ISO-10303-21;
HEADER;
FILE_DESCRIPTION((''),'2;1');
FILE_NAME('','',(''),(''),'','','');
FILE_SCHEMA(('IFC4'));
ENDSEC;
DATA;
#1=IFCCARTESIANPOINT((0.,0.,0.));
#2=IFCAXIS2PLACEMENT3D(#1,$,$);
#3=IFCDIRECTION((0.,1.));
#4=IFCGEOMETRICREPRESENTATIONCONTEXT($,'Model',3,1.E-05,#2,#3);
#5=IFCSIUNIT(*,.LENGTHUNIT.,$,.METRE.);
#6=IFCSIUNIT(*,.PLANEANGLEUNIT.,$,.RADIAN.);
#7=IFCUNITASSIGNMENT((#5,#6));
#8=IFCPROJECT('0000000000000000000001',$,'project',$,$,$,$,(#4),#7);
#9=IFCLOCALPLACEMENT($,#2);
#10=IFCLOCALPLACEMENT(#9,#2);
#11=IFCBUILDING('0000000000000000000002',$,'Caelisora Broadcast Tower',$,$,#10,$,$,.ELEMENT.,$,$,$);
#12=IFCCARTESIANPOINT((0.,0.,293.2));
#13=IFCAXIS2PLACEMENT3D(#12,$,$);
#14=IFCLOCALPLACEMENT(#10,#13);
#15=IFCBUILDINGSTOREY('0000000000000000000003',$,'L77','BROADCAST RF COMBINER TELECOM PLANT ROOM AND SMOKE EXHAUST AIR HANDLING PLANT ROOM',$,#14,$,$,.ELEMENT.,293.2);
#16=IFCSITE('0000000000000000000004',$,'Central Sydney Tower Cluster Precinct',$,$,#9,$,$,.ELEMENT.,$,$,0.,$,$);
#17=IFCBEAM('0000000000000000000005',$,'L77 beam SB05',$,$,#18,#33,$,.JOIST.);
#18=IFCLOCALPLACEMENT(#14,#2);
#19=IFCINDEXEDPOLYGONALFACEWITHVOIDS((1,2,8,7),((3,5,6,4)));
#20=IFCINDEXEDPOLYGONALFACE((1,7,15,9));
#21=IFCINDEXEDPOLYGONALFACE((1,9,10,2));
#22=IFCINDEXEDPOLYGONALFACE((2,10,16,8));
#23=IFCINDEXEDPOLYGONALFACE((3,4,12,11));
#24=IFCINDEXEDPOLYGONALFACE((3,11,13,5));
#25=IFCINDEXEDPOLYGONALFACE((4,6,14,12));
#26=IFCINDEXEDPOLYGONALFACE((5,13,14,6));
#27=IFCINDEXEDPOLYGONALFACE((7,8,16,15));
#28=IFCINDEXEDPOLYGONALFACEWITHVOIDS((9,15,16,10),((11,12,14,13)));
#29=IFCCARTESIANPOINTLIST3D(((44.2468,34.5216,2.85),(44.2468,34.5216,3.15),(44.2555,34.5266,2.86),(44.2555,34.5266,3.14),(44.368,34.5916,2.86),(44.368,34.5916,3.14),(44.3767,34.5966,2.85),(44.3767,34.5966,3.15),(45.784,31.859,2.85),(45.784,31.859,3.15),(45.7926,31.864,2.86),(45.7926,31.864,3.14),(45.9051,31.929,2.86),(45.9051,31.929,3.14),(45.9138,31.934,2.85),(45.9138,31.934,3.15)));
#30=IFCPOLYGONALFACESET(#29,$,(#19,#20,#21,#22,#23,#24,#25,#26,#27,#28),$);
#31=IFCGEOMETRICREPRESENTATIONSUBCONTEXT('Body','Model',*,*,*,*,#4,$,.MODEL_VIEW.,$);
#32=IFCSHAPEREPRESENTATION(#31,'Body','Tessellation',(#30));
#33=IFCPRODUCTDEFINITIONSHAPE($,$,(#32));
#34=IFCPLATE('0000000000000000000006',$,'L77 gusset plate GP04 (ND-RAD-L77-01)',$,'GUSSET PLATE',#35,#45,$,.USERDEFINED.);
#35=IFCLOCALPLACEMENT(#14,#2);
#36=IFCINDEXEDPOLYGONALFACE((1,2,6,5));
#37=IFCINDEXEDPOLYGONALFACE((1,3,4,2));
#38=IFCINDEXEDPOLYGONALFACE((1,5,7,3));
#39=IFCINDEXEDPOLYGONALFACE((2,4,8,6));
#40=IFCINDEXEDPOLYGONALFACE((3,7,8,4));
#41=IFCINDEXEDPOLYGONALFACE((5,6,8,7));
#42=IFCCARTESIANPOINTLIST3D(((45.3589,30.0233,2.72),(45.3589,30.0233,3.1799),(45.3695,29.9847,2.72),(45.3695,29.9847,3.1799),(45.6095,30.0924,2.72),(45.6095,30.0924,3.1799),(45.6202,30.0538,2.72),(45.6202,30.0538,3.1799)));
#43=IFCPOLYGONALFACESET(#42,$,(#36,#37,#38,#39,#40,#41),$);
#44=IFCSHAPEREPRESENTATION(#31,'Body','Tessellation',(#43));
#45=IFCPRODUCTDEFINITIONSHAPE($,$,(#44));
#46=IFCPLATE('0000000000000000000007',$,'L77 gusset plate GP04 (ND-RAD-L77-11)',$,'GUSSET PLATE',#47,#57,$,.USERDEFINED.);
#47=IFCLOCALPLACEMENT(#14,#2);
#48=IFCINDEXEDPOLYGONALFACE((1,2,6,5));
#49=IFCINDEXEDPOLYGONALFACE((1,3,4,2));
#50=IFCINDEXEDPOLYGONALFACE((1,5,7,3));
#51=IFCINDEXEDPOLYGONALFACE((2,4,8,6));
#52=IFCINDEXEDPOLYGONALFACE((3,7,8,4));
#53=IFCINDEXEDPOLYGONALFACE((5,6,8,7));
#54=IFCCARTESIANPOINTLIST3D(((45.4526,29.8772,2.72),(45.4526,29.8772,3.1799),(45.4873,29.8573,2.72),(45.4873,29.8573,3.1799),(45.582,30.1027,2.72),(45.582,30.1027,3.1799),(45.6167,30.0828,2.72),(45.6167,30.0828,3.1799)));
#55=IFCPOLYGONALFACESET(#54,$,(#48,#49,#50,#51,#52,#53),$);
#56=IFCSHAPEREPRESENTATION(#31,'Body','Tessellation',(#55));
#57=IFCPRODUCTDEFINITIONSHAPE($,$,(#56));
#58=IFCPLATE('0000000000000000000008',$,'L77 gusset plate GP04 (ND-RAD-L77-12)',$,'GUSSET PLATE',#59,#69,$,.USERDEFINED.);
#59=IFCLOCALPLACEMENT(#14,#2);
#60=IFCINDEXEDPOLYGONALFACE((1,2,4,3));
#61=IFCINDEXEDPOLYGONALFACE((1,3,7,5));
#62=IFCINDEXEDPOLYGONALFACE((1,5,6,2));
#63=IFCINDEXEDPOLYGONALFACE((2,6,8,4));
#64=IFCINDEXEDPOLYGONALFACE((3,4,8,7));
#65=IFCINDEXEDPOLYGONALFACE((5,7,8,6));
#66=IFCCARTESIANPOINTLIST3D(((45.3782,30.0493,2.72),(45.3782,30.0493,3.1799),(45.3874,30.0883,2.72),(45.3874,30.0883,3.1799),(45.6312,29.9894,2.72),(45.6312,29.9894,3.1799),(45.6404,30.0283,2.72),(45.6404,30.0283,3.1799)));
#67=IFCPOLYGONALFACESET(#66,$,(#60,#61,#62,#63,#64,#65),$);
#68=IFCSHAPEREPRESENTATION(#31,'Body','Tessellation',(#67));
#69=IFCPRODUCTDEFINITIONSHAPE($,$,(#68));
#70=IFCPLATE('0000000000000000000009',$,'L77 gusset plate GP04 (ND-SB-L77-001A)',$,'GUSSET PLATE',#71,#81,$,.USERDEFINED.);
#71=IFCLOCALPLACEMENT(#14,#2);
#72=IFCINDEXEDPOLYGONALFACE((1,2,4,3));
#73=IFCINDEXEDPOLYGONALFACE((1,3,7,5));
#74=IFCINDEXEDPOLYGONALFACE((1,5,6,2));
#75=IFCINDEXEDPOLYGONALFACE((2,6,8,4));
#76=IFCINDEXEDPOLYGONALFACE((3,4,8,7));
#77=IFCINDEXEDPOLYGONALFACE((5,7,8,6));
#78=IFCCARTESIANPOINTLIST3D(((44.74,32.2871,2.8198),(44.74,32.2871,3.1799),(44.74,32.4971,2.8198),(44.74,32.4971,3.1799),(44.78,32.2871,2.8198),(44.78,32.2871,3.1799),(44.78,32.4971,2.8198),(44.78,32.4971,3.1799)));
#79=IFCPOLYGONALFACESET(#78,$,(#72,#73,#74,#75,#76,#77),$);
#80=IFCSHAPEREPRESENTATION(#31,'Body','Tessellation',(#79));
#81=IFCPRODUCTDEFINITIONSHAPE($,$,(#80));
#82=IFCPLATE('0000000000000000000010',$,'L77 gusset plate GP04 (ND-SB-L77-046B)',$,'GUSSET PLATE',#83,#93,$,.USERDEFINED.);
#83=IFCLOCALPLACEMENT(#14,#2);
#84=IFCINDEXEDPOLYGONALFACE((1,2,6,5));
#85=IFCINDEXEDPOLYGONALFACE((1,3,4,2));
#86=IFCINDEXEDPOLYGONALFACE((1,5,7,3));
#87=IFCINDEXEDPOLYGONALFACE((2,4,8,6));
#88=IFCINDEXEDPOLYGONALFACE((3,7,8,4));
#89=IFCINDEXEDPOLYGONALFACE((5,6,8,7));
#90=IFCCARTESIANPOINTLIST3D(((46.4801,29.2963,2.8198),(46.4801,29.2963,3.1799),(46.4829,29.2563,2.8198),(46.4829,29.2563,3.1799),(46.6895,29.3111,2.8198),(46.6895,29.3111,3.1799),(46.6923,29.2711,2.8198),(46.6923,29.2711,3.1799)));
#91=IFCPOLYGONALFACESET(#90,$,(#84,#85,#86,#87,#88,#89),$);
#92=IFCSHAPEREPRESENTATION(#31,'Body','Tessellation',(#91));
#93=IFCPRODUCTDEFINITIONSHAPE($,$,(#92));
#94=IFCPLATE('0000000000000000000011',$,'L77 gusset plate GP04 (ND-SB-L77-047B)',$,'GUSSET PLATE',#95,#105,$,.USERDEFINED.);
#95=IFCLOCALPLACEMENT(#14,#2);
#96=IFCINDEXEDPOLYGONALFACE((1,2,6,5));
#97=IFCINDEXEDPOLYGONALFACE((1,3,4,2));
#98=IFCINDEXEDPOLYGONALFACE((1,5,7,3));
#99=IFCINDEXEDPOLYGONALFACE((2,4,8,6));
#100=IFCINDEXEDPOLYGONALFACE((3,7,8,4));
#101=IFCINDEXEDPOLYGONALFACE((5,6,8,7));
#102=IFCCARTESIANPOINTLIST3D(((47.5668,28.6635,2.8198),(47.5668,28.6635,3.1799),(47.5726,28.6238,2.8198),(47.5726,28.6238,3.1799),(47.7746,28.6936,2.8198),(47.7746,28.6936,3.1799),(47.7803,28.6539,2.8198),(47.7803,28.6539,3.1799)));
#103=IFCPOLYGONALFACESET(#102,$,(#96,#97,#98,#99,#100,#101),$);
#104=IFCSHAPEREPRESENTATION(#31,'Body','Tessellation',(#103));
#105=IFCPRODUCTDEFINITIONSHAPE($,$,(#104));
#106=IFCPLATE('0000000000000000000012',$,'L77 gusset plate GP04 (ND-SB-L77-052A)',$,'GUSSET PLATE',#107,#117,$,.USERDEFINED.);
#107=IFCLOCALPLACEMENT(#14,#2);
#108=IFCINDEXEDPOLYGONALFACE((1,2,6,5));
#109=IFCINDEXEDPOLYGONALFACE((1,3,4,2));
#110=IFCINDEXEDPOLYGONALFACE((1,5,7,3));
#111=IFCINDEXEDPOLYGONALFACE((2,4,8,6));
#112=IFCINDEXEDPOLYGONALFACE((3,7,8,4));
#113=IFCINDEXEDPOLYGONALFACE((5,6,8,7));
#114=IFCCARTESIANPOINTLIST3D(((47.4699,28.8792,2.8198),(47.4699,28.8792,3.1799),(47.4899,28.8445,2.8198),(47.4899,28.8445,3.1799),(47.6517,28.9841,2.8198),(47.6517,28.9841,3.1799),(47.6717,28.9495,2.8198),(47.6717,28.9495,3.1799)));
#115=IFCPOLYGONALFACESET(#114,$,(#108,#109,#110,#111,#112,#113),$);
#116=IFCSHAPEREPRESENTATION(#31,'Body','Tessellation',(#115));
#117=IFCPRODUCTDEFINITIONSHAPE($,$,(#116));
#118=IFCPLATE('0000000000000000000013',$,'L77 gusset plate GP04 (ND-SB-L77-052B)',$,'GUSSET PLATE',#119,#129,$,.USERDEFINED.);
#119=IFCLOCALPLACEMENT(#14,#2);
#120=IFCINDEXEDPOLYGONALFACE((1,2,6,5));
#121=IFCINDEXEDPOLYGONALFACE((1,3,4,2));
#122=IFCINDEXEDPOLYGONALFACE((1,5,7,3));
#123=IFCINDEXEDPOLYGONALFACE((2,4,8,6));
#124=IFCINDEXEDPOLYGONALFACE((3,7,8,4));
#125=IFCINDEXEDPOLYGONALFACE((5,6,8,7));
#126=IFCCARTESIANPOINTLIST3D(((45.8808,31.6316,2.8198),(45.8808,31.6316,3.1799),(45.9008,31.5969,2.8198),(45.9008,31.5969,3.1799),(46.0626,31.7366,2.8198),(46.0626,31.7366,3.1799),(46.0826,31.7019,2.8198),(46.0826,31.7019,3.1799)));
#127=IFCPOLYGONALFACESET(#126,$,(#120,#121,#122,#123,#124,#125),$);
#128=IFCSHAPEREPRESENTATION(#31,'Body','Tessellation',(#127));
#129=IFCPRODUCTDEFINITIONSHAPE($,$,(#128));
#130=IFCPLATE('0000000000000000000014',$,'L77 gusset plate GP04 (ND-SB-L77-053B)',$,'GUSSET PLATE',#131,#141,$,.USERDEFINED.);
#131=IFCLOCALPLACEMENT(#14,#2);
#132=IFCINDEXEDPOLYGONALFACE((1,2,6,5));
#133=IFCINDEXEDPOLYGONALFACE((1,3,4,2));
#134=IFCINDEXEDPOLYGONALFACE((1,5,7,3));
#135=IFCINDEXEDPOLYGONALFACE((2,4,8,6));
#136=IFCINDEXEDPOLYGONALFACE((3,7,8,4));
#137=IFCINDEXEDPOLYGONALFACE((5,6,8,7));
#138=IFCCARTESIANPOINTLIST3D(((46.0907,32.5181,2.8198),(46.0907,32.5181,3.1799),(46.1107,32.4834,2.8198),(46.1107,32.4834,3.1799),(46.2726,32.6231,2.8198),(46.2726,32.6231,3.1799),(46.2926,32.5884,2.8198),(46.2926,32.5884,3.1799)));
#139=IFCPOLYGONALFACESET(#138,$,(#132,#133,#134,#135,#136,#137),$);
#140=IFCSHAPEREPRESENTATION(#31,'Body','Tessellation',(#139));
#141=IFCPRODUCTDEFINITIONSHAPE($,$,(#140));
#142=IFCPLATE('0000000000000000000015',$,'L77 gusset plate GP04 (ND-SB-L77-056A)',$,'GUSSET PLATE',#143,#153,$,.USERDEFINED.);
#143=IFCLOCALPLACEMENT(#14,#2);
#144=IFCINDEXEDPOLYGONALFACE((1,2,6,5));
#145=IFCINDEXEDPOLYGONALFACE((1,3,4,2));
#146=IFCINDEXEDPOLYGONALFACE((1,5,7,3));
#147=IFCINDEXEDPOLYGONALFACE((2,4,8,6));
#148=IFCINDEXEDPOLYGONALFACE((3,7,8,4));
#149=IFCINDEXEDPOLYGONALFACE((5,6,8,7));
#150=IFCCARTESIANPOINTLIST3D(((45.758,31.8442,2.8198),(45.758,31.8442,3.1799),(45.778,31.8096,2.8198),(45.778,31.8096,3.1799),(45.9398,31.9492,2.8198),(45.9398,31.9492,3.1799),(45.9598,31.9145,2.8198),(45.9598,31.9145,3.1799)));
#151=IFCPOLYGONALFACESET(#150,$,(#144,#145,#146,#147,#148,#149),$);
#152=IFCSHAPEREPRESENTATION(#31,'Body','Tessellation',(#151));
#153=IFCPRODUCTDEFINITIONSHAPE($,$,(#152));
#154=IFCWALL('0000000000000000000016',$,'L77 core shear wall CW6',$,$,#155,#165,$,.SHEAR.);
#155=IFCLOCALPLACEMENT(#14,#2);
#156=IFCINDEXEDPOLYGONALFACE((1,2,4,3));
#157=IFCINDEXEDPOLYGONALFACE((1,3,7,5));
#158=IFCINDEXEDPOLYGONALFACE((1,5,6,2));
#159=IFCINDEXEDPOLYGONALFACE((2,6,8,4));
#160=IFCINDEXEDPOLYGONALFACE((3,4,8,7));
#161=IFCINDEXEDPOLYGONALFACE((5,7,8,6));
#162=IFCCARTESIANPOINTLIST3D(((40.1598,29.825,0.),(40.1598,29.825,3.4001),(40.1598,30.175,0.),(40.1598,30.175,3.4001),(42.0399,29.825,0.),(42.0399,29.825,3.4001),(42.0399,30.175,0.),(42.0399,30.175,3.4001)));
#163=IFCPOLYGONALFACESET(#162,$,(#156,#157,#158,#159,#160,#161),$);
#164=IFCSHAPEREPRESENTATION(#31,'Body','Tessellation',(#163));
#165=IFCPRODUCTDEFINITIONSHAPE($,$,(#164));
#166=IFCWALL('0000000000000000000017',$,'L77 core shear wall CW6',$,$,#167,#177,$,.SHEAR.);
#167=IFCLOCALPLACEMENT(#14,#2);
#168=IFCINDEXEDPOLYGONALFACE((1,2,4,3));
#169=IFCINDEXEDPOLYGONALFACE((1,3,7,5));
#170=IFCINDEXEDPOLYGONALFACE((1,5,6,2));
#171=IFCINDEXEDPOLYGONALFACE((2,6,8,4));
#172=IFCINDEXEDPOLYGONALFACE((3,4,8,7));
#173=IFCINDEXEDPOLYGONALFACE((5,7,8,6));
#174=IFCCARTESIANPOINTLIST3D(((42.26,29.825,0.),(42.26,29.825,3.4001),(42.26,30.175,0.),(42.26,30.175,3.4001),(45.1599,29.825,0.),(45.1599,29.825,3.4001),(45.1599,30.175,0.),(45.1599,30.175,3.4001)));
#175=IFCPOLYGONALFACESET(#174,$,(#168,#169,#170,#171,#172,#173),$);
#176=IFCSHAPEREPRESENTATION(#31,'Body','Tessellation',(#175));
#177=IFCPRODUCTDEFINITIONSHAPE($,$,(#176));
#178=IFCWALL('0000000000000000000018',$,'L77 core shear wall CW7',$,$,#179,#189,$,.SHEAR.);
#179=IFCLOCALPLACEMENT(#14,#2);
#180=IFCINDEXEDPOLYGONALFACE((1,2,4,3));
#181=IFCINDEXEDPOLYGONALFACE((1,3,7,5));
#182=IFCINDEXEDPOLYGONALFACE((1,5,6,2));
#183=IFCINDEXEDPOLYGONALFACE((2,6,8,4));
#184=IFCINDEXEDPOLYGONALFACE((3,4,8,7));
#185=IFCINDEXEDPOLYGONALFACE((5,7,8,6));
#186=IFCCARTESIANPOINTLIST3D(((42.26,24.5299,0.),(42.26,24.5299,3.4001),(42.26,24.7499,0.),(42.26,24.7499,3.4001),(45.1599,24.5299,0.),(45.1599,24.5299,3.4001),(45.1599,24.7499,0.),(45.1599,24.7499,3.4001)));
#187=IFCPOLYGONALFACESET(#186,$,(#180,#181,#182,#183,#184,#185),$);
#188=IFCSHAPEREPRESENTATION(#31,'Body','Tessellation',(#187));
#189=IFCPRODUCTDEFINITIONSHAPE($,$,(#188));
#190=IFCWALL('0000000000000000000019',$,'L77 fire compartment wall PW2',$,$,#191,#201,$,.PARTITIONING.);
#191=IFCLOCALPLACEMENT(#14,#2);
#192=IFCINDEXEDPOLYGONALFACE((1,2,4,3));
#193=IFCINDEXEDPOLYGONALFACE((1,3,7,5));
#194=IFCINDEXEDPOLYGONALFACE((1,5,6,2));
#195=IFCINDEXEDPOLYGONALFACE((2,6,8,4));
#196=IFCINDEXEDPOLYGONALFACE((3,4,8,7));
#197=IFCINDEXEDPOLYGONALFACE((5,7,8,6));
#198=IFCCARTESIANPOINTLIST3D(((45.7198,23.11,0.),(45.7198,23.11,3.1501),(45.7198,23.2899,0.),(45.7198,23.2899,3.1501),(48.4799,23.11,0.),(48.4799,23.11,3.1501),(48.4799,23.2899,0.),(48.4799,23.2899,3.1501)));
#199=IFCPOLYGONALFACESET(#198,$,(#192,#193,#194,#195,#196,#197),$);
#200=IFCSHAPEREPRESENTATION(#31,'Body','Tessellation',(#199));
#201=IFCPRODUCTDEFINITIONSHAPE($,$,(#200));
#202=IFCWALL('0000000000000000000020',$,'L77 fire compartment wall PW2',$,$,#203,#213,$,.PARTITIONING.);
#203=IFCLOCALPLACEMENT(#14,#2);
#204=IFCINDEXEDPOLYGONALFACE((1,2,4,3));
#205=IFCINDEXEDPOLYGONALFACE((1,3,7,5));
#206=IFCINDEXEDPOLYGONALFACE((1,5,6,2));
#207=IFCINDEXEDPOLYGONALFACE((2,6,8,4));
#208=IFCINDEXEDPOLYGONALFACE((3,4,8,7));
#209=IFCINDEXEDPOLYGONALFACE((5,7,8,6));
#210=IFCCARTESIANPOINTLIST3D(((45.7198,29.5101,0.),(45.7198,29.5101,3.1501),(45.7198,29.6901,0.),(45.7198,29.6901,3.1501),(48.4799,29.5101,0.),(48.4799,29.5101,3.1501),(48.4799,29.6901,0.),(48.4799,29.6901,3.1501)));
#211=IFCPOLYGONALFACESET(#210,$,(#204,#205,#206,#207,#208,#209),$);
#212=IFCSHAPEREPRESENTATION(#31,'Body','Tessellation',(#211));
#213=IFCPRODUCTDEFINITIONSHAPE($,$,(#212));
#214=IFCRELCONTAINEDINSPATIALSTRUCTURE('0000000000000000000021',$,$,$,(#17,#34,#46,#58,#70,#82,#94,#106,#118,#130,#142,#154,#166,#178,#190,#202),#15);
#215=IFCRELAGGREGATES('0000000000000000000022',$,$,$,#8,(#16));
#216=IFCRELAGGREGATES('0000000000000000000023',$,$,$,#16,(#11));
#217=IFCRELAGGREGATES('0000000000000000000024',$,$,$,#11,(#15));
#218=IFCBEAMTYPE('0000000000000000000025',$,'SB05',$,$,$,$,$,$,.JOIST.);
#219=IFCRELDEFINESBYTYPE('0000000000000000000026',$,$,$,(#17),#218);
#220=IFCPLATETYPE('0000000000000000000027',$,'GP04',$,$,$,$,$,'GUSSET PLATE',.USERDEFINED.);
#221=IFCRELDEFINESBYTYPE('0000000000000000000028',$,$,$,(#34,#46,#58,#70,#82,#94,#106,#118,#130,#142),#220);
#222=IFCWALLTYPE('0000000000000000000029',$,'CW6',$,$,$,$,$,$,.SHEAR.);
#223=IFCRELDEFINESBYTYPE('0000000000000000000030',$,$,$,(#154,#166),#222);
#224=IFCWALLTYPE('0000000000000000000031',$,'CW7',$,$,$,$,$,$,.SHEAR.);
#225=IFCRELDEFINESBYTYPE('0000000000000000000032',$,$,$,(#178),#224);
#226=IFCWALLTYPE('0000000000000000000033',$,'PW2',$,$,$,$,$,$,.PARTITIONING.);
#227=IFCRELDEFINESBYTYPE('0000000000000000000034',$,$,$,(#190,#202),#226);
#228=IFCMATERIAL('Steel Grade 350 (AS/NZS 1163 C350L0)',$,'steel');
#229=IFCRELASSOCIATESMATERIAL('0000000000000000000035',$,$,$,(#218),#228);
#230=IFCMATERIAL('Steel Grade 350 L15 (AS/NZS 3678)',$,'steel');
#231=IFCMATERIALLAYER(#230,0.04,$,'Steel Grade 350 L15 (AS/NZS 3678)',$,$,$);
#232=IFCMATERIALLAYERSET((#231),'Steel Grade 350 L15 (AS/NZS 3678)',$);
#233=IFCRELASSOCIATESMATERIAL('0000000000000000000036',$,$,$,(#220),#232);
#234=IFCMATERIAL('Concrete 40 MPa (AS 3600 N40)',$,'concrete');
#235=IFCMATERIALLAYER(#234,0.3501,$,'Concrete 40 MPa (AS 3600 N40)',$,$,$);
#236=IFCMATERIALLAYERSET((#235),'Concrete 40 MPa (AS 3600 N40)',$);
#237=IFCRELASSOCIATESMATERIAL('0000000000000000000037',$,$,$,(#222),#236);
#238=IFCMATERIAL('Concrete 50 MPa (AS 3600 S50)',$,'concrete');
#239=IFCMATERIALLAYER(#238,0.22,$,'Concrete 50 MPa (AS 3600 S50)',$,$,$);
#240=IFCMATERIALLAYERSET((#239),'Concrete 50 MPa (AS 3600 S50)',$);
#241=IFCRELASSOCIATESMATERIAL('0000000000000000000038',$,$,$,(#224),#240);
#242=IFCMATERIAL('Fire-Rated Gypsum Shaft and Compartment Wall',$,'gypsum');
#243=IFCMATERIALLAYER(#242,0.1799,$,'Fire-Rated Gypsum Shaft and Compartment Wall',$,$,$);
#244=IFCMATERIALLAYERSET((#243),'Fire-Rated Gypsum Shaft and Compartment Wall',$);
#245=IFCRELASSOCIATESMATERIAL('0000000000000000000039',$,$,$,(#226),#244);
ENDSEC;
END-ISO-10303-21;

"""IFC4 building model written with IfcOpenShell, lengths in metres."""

from ifc_helpers import new_model, si_unit, direction, frame, frame_2d, origin, origin_2d, place, context, subcontext, project, spatial, rectangle, hollow_rectangle, extrude, source, transform, mapped, material, layer, layer_set, material_profile, profile_set, type_object, type_shapes, element, save


model = new_model("IFC4")

# Units and contexts
model_context = context("Model", 3, precision=1e-05, world=origin(), true_north=direction((0.0, 1.0)))
body_context = subcontext(model_context, "Body", "Model", "MODEL_VIEW")
ifc_project = project(units=[si_unit("LENGTHUNIT", "METRE"), si_unit("PLANEANGLEUNIT", "RADIAN")], contexts=[model_context])

# Site, building, storey
site_placement = place(None, origin())
site = spatial("IfcSite", under=ifc_project, at=site_placement, Name="Central Sydney Tower Cluster Precinct", CompositionType="ELEMENT", RefElevation=0.0)
building_placement = place(site_placement, origin())
building = spatial("IfcBuilding", under=site, at=building_placement, Name="Caelisora Broadcast Tower", CompositionType="ELEMENT")
storey_placement = place(building_placement, frame((0.0, 0.0, 293.2)))
storey = spatial("IfcBuildingStorey", under=building, at=storey_placement, Name="L77", Description="BROADCAST RF COMBINER TELECOM PLANT ROOM AND SMOKE EXHAUST AIR HANDLING PLANT ROOM", CompositionType="ELEMENT", Elevation=293.2)

# Shared definitions
ifc_material_1 = material(Name="Steel Grade 350 (AS/NZS 1163 C350L0)", Category="steel")

# Beam
ifc_material_profile_1 = material_profile(ifc_material_1, hollow_rectangle(XDim=0.1499, YDim=0.3, WallThickness=0.01, at=origin_2d()), Name="Steel Grade 350 (AS/NZS 1163 C350L0)")
ifc_profile_set_1 = profile_set([ifc_material_profile_1], Name="Steel Grade 350 (AS/NZS 1163 C350L0)")
beam_type_1 = type_object("IfcBeamType", Name="SB05", PredefinedType="JOIST", material=ifc_profile_set_1)
ifc_material_2 = material(Name="Concrete 50 MPa (AS 3600 S50)", Category="concrete")
shared_shape_1 = source(origin(), body_context, "Body", "SweptSolid", [
    extrude(hollow_rectangle(XDim=0.1499, YDim=0.3, WallThickness=0.01, at=origin_2d()), origin(), (0.0, 0.0, 1.0), 3.0745),
])
beam_1_placement = place(storey_placement, frame((45.8489, 31.8965, 3.0), z_axis=(-0.499965, 0.866045, 0.0), x_axis=(-0.866045, -0.499965, 0.0)))
element("IfcBeam", 1, at=beam_1_placement, inside=storey, type_object=beam_type_1, Name="L77 beam SB05", PredefinedType="JOIST", context=body_context, shape_type="MappedRepresentation", body=[
    mapped(shared_shape_1, transform((0.0, 0.0, 0.0), scale=1.0)),
])

# Plates
ifc_material_3 = material(Name="Steel Grade 350 L15 (AS/NZS 3678)", Category="steel")
ifc_layer_1 = layer(ifc_material_3, 0.04, Name="Steel Grade 350 L15 (AS/NZS 3678)")
ifc_layer_set_1 = layer_set([ifc_layer_1], Name="Steel Grade 350 L15 (AS/NZS 3678)")
plate_type = type_object("IfcPlateType", Name="GP04", ElementType="GUSSET PLATE", PredefinedType="USERDEFINED", material=ifc_layer_set_1)
shared_shape_2 = source(origin(), body_context, "Body", "SweptSolid", [
    extrude(rectangle(XDim=0.26, YDim=0.04, at=origin_2d()), origin(), (0.0, 0.0, 1.0), 0.46),
])
for number, where, z_axis, x_axis, name in (
    (2, (45.4895, 30.0386, 2.72), (0.0, 0.0, 1.0), (-0.964049, -0.265724, 0.0), "L77 gusset plate GP04 (ND-RAD-L77-01)"),
    (3, (45.5347, 29.98, 2.72), (0.0, 0.0, 1.0), (0.49758, 0.867418, 0.0), "L77 gusset plate GP04 (ND-RAD-L77-11)"),
    (4, (45.5093, 30.0388, 2.72), (0.0, 0.0, 1.0), (-0.973058, 0.230559, 0.0), "L77 gusset plate GP04 (ND-RAD-L77-12)"),
):
    element("IfcPlate", number, at=place(storey_placement, frame(where, z_axis=z_axis, x_axis=x_axis)), inside=storey, type_object=plate_type, Name=name, ObjectType="GUSSET PLATE", PredefinedType="USERDEFINED", context=body_context, shape_type="MappedRepresentation", body=[
        mapped(shared_shape_2, transform((0.0, 0.0, 0.0), scale=1.0)),
    ])
shared_shape_3 = source(origin(), body_context, "Body", "SweptSolid", [
    extrude(rectangle(XDim=0.21, YDim=0.04, at=origin_2d()), origin(), (0.0, 0.0, 1.0), 0.3601),
])
type_shapes(plate_type, [shared_shape_2, shared_shape_3])
for number, where, z_axis, x_axis, name in (
    (5, (44.76, 32.3921, 2.8198), (0.0, 0.0, 1.0), (0.0, -1.0, 0.0), "L77 gusset plate GP04 (ND-SB-L77-001A)"),
    (6, (46.5862, 29.2837, 2.8198), (0.0, 0.0, 1.0), (-0.997515, -0.070453, 0.0), "L77 gusset plate GP04 (ND-SB-L77-046B)"),
    (7, (47.6736, 28.6587, 2.8198), (0.0, 0.0, 1.0), (-0.989676, -0.14332, 0.0), "L77 gusset plate GP04 (ND-SB-L77-047B)"),
    (8, (47.5708, 28.9143, 2.8198), (0.0, 0.0, 1.0), (-0.866025, -0.5, 0.0), "L77 gusset plate GP04 (ND-SB-L77-052A)"),
    (9, (45.9817, 31.6667, 2.8198), (0.0, 0.0, 1.0), (-0.866025, -0.5, 0.0), "L77 gusset plate GP04 (ND-SB-L77-052B)"),
    (10, (46.1917, 32.5532, 2.8198), (0.0, 0.0, 1.0), (-0.866025, -0.5, 0.0), "L77 gusset plate GP04 (ND-SB-L77-053B)"),
    (11, (45.8589, 31.8794, 2.8198), (0.0, 0.0, 1.0), (-0.866025, -0.5, 0.0), "L77 gusset plate GP04 (ND-SB-L77-056A)"),
):
    element("IfcPlate", number, at=place(storey_placement, frame(where, z_axis=z_axis, x_axis=x_axis)), inside=storey, type_object=plate_type, Name=name, ObjectType="GUSSET PLATE", PredefinedType="USERDEFINED", context=body_context, shape_type="MappedRepresentation", body=[
        mapped(shared_shape_3, transform((0.0, 0.0, 0.0), scale=1.0)),
    ])

# Walls
ifc_material_4 = material(Name="Concrete 40 MPa (AS 3600 N40)", Category="concrete")
ifc_layer_2 = layer(ifc_material_4, 0.3501, Name="Concrete 40 MPa (AS 3600 N40)")
ifc_layer_set_2 = layer_set([ifc_layer_2], Name="Concrete 40 MPa (AS 3600 N40)")
wall_type_1 = type_object("IfcWallType", Name="CW6", PredefinedType="SHEAR", material=ifc_layer_set_2)
wall_1_placement = place(storey_placement, frame((40.1599, 30.0, 0.0), z_axis=(0.0, 0.0, 1.0), x_axis=(1.0, 0.0, 0.0)))
element("IfcWall", 12, at=wall_1_placement, inside=storey, type_object=wall_type_1, Name="L77 core shear wall CW6", PredefinedType="SHEAR", context=body_context, shape_type="SweptSolid", body=[
    extrude(rectangle(XDim=1.8801, YDim=0.3501, at=frame_2d((0.9399, 0.0))), origin(), (0.0, 0.0, 1.0), 3.4001),
])
wall_2_placement = place(storey_placement, frame((42.26, 30.0, 0.0), z_axis=(0.0, 0.0, 1.0), x_axis=(1.0, 0.0, 0.0)))
element("IfcWall", 13, at=wall_2_placement, inside=storey, type_object=wall_type_1, Name="L77 core shear wall CW6", PredefinedType="SHEAR", context=body_context, shape_type="SweptSolid", body=[
    extrude(rectangle(XDim=2.8999, YDim=0.3501, at=frame_2d((1.45, 0.0))), origin(), (0.0, 0.0, 1.0), 3.4001),
])
ifc_layer_3 = layer(ifc_material_2, 0.22, Name="Concrete 50 MPa (AS 3600 S50)")
ifc_layer_set_3 = layer_set([ifc_layer_3], Name="Concrete 50 MPa (AS 3600 S50)")
wall_type_2 = type_object("IfcWallType", Name="CW7", PredefinedType="SHEAR", material=ifc_layer_set_3)
wall_3_placement = place(storey_placement, frame((42.26, 24.6399, 0.0), z_axis=(0.0, 0.0, 1.0), x_axis=(1.0, 0.0, 0.0)))
element("IfcWall", 14, at=wall_3_placement, inside=storey, type_object=wall_type_2, Name="L77 core shear wall CW7", PredefinedType="SHEAR", context=body_context, shape_type="SweptSolid", body=[
    extrude(rectangle(XDim=2.8999, YDim=0.22, at=frame_2d((1.45, 0.0))), origin(), (0.0, 0.0, 1.0), 3.4001),
])

# Shared definitions
ifc_material_5 = material(Name="Fire-Rated Gypsum Shaft and Compartment Wall", Category="gypsum")
ifc_layer_4 = layer(ifc_material_5, 0.1799, Name="Fire-Rated Gypsum Shaft and Compartment Wall")
ifc_layer_set_4 = layer_set([ifc_layer_4], Name="Fire-Rated Gypsum Shaft and Compartment Wall")
wall_type_3 = type_object("IfcWallType", Name="PW2", PredefinedType="PARTITIONING", material=ifc_layer_set_4)

# Walls
for number, where, z_axis, x_axis, name in (
    (15, (45.72, 23.2, 0.0), (0.0, 0.0, 1.0), (1.0, 0.0, 0.0), "L77 fire compartment wall PW2"),
    (16, (45.72, 29.6001, 0.0), (0.0, 0.0, 1.0), (1.0, 0.0, 0.0), "L77 fire compartment wall PW2"),
):
    element("IfcWall", number, at=place(storey_placement, frame(where, z_axis=z_axis, x_axis=x_axis)), inside=storey, type_object=wall_type_3, Name=name, PredefinedType="PARTITIONING", context=body_context, shape_type="SweptSolid", body=[
        extrude(rectangle(XDim=2.76, YDim=0.1799, at=frame_2d((1.3799, 0.0))), origin(), (0.0, 0.0, 1.0), 3.1501),
    ])

save(model, "model.ifc")
